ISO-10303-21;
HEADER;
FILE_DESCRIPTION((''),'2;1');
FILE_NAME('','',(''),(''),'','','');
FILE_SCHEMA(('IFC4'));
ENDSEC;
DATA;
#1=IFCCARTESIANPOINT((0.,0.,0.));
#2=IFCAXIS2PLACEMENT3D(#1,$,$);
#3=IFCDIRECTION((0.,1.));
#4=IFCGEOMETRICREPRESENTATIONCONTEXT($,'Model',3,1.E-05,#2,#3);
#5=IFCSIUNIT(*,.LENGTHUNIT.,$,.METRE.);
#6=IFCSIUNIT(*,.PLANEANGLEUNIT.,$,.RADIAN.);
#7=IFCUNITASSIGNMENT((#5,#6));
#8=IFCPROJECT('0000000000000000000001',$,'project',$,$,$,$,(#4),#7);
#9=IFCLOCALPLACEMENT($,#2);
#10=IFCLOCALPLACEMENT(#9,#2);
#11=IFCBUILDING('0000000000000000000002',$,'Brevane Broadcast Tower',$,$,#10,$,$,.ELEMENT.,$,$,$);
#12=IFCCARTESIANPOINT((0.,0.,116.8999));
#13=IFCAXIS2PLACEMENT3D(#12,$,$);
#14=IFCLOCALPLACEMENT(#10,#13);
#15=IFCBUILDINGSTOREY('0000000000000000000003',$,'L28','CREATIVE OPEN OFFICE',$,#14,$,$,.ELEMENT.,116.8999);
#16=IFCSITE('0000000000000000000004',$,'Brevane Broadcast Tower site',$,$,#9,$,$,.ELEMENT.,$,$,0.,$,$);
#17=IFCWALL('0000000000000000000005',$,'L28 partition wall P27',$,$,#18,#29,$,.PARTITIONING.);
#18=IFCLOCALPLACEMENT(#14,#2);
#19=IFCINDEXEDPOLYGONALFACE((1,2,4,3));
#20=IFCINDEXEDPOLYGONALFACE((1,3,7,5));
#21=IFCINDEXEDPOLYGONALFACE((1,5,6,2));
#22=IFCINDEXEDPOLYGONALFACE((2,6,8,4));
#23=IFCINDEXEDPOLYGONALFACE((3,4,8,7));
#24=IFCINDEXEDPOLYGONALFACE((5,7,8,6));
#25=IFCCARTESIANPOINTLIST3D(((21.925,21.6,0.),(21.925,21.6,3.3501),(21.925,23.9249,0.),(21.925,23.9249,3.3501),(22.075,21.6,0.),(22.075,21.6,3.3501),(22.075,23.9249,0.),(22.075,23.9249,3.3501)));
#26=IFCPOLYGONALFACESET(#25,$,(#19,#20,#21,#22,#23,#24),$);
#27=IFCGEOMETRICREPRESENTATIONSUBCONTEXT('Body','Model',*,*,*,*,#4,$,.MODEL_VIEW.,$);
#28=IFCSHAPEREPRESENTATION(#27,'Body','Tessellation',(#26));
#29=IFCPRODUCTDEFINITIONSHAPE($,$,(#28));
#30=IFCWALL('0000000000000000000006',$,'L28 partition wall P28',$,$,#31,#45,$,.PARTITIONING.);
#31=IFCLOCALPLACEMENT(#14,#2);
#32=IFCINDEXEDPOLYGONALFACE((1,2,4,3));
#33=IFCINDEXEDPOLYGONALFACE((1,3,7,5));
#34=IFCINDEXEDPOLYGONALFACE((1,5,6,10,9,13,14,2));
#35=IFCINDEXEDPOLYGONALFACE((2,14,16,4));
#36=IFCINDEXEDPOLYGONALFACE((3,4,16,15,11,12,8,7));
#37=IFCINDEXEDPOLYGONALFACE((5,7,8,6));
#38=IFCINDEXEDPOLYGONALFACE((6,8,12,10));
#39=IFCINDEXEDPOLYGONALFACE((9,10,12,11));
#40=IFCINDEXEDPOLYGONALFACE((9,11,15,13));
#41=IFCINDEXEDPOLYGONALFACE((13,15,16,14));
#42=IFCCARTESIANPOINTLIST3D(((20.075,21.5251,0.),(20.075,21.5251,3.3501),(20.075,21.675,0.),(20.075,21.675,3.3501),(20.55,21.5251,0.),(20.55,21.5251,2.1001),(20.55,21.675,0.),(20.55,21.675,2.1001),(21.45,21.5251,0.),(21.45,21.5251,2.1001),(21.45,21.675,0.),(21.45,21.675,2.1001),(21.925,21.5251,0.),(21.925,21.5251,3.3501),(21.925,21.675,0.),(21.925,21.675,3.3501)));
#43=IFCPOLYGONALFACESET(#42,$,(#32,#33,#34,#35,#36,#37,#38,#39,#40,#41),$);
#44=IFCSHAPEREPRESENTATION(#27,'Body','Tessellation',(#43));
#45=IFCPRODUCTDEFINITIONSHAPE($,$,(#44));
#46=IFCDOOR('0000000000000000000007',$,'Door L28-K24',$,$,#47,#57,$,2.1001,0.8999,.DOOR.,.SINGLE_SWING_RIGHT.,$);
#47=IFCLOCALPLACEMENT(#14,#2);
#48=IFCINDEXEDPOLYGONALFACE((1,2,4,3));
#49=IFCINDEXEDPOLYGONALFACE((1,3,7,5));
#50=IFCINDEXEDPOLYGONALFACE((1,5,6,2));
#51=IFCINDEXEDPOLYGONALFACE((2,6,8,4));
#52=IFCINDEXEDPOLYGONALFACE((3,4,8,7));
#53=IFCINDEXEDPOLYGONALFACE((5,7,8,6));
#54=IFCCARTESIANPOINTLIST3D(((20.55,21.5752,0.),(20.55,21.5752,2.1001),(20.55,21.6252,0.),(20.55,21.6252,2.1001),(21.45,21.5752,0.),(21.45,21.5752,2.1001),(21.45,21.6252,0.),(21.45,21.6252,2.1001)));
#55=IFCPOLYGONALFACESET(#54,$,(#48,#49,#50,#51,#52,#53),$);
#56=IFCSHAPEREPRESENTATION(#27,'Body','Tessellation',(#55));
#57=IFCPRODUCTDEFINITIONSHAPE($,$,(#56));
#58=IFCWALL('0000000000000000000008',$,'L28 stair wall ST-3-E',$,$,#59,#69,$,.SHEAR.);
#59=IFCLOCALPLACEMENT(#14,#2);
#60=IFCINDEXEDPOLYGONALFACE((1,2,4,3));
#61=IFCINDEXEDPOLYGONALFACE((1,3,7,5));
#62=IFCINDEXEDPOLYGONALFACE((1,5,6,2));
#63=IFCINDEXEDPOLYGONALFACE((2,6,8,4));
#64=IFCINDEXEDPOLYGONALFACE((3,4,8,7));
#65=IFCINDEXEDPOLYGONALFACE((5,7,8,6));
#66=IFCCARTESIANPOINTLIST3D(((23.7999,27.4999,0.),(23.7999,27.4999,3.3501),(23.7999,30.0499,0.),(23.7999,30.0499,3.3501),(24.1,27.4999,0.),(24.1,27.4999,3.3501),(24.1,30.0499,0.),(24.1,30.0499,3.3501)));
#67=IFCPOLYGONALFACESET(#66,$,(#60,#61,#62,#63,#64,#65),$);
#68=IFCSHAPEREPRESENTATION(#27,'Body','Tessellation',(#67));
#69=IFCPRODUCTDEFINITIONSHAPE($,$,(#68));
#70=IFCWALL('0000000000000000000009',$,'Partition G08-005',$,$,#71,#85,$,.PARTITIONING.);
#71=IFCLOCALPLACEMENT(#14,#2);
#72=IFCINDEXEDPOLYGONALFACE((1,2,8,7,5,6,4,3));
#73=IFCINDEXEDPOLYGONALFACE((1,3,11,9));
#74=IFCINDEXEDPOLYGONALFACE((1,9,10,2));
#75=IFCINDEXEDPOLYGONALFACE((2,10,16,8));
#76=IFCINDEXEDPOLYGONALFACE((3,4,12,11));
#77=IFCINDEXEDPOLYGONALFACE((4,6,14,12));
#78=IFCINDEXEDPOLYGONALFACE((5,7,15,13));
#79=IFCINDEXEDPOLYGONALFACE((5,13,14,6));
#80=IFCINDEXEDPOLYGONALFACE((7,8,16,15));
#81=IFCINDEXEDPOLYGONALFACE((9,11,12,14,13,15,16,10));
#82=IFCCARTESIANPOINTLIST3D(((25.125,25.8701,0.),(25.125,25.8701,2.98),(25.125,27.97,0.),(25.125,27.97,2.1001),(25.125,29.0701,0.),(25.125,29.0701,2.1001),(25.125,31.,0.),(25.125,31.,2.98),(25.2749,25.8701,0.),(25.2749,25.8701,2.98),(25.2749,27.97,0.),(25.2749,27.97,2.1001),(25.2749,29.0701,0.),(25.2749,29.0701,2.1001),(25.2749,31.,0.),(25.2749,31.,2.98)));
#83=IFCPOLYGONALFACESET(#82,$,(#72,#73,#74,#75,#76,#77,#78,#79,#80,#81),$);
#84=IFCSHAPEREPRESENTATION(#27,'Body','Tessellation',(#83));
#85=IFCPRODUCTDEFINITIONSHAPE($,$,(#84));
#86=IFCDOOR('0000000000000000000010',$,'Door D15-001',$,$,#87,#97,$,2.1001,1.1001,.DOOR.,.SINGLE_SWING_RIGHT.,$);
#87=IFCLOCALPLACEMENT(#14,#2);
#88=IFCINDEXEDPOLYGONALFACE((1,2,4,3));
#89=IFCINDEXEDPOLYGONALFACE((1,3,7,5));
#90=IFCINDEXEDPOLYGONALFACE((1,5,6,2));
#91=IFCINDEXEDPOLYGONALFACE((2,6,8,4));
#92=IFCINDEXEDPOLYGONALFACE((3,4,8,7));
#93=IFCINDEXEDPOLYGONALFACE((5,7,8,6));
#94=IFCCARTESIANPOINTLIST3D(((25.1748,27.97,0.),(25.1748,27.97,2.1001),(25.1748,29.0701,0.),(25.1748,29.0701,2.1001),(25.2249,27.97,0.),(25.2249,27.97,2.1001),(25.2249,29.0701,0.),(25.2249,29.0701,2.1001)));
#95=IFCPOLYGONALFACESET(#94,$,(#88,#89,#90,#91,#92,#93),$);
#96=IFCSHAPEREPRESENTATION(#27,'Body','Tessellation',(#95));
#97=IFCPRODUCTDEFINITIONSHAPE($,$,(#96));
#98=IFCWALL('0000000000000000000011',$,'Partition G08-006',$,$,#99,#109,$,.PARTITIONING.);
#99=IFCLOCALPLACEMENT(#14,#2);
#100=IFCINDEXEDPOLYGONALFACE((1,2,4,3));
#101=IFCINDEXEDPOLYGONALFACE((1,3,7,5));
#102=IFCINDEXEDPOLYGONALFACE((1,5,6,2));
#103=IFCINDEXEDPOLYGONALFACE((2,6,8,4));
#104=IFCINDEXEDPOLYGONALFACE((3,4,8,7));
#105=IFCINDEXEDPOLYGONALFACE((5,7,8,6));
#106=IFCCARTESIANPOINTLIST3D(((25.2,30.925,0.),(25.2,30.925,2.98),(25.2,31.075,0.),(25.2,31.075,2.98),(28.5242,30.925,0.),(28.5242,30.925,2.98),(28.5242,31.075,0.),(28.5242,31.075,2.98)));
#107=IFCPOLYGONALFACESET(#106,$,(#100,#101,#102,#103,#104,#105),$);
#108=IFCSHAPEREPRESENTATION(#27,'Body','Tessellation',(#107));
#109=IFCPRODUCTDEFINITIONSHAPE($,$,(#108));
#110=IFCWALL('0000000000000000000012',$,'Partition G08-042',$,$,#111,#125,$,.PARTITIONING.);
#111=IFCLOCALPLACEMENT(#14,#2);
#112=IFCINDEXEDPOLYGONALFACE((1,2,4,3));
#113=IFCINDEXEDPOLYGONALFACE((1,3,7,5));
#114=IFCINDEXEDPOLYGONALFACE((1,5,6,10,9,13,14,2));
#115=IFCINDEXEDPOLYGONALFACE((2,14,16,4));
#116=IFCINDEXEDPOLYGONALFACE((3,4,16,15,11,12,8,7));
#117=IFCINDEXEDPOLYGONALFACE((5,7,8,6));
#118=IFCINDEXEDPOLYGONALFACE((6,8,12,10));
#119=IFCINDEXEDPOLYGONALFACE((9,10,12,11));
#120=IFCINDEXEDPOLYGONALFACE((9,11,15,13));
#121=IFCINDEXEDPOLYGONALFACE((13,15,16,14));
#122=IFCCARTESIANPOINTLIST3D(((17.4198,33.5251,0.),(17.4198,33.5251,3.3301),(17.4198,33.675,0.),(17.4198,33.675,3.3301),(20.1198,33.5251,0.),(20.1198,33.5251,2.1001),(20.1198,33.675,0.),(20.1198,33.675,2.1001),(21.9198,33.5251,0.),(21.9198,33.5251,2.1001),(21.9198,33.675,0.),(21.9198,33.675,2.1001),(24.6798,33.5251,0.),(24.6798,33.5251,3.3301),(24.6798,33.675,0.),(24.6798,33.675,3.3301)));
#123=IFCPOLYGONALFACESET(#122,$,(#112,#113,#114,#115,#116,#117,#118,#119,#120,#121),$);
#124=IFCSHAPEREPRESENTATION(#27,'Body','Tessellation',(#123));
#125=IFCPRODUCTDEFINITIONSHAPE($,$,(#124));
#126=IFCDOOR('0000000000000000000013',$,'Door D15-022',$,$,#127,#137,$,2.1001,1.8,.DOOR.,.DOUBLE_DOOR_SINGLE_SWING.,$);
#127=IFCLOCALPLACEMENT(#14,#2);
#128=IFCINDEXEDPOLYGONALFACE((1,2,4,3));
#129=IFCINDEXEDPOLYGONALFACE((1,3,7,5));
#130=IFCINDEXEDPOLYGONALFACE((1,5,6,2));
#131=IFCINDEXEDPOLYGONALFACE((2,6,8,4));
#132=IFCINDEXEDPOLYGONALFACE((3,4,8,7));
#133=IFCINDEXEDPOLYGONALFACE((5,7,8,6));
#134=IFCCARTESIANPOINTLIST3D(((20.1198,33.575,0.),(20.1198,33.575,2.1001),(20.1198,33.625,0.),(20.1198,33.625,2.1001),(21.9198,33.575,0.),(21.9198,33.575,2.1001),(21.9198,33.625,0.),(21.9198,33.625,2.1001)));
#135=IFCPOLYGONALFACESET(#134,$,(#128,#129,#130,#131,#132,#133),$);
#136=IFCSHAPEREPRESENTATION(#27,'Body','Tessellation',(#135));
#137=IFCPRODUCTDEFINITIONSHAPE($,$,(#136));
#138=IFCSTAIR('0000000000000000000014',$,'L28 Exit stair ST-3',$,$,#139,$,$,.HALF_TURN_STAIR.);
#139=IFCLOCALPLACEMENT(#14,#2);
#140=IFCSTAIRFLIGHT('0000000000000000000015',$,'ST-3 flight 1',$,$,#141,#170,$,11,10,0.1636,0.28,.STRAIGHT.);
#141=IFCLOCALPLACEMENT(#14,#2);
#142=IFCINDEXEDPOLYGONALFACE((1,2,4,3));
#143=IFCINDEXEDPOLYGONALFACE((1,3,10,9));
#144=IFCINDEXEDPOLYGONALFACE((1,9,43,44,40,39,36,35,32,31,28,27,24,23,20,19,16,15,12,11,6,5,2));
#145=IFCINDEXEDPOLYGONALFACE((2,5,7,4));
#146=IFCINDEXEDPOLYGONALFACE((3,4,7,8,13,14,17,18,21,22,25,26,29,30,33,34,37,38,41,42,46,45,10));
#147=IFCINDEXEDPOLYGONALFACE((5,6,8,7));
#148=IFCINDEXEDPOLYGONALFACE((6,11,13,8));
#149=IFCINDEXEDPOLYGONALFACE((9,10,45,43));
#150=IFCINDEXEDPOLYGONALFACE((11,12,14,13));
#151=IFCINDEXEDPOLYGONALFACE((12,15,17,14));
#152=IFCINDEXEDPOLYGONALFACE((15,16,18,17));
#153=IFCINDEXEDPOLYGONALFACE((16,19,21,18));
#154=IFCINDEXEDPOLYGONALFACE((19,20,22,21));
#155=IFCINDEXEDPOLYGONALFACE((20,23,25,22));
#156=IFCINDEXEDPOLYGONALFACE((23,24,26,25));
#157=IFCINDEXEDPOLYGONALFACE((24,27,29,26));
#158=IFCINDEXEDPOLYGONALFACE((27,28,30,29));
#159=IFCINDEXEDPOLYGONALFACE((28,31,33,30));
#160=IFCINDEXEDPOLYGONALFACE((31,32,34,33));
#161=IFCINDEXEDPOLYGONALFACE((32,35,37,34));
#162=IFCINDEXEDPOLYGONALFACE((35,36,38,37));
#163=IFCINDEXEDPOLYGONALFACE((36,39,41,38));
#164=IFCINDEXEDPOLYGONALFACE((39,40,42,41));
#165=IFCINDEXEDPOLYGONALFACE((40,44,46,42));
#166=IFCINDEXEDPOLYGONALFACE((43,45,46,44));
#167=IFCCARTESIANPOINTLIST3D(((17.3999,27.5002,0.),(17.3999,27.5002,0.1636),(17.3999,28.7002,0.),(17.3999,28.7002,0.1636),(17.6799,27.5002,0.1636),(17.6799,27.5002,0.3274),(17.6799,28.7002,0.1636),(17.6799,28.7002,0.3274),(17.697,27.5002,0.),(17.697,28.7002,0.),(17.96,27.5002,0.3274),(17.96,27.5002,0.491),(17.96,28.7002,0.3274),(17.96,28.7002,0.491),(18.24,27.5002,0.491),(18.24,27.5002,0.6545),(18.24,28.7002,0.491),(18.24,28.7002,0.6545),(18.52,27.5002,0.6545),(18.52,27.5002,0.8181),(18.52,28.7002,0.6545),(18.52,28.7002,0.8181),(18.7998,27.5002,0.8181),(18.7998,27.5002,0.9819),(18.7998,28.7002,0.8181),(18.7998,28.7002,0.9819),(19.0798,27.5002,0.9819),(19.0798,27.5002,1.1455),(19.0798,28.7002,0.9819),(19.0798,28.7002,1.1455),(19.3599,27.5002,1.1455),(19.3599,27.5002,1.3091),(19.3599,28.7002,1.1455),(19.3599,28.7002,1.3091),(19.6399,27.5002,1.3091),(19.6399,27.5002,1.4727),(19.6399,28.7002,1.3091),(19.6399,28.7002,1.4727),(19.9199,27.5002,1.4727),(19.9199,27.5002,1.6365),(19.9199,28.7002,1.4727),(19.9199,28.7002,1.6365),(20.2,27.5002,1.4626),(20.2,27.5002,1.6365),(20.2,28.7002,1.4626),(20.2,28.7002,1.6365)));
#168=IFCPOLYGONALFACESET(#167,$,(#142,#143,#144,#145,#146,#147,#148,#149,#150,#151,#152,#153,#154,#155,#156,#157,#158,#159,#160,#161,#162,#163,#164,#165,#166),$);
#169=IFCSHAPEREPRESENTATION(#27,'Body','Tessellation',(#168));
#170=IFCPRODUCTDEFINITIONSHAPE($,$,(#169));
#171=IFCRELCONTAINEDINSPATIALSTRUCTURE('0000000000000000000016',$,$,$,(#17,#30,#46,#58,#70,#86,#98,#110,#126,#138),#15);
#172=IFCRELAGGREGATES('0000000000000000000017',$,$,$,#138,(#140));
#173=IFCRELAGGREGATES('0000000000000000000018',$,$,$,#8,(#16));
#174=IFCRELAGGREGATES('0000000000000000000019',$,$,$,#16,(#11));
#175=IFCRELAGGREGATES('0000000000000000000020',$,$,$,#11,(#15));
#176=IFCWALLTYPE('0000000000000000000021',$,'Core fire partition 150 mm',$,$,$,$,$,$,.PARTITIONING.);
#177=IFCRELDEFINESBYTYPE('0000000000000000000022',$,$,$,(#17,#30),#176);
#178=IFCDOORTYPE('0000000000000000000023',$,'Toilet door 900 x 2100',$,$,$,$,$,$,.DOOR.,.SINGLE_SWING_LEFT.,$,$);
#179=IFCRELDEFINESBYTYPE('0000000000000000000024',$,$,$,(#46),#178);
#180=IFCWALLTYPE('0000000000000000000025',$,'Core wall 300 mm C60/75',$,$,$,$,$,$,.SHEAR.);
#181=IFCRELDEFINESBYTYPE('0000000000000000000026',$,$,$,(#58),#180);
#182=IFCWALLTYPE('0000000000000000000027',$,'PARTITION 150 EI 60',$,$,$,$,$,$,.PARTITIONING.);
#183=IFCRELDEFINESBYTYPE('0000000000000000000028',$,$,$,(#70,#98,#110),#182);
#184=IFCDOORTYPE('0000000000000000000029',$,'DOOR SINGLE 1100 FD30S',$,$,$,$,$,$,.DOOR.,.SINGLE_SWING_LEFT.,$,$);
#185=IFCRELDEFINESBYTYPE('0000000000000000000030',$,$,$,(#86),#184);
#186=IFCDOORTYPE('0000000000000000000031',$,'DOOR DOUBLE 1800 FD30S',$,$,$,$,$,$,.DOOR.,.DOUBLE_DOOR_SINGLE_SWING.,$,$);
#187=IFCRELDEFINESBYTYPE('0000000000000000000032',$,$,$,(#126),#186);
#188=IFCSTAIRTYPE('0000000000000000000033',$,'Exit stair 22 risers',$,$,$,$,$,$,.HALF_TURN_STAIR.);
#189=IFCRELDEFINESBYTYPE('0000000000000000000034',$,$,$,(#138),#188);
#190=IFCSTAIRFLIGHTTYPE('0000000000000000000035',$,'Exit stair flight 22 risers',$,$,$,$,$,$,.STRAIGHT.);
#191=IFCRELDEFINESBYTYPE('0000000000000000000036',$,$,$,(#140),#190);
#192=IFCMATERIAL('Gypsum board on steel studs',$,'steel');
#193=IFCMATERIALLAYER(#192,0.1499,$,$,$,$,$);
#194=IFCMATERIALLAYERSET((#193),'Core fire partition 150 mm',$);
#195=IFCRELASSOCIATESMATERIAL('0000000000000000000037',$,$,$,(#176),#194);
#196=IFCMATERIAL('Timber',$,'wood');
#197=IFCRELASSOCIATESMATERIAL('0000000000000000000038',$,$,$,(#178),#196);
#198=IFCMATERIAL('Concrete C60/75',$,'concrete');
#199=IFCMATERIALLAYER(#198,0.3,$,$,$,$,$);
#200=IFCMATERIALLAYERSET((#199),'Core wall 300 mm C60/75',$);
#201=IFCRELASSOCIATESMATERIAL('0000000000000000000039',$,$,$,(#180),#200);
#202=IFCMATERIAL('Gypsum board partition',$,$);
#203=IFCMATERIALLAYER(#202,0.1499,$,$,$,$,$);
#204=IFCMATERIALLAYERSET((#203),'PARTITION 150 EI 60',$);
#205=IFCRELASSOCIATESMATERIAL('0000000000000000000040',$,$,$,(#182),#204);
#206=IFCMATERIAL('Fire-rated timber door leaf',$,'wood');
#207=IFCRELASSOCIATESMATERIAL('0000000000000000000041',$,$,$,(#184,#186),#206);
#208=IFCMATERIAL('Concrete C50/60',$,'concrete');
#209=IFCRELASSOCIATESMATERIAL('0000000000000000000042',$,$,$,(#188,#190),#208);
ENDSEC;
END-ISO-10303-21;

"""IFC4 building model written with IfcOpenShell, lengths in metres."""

from ifc_helpers import new_model, si_unit, direction, frame, frame_2d, origin, place, context, subcontext, project, spatial, polyline, rectangle, outline, extrude, material, layer, layer_set, type_object, element, fill, aggregate, save


model = new_model("IFC4")

# Units and contexts
model_context = context("Model", 3, precision=1e-05, world=origin(), true_north=direction((0.0, 1.0)))
body_context = subcontext(model_context, "Body", "Model", "MODEL_VIEW")
ifc_project = project(units=[si_unit("LENGTHUNIT", "METRE"), si_unit("PLANEANGLEUNIT", "RADIAN")], contexts=[model_context])

# Site, building, storey
site_placement = place(None, origin())
site = spatial("IfcSite", under=ifc_project, at=site_placement, Name="Brevane Broadcast Tower site", CompositionType="ELEMENT", RefElevation=0.0)
building_placement = place(site_placement, origin())
building = spatial("IfcBuilding", under=site, at=building_placement, Name="Brevane Broadcast Tower", CompositionType="ELEMENT")
storey_placement = place(building_placement, frame((0.0, 0.0, 116.8999)))
storey = spatial("IfcBuildingStorey", under=building, at=storey_placement, Name="L28", Description="CREATIVE OPEN OFFICE", CompositionType="ELEMENT", Elevation=116.8999)

# Shared definitions
ifc_material_1 = material(Name="Concrete C60/75", Category="concrete")

# Wall
ifc_material_2 = material(Name="Gypsum board on steel studs", Category="steel")
ifc_layer_1 = layer(ifc_material_2, 0.1499)
ifc_layer_set_1 = layer_set([ifc_layer_1], Name="Core fire partition 150 mm")
wall_type_1 = type_object("IfcWallType", Name="Core fire partition 150 mm", PredefinedType="PARTITIONING", material=ifc_layer_set_1)
wall_1_placement = place(storey_placement, frame((22.0, 23.925, 0.0), z_axis=(0.0, 0.0, 1.0), x_axis=(0.0, -1.0, 0.0)))
element("IfcWall", 1, at=wall_1_placement, inside=storey, type_object=wall_type_1, Name="L28 partition wall P27", PredefinedType="PARTITIONING", context=body_context, shape_type="SweptSolid", body=[
    extrude(rectangle(XDim=2.325, YDim=0.1499, at=frame_2d((1.1626, 0.0))), origin(), (0.0, 0.0, 1.0), 3.3501),
])

# Wall, opening, door
wall_2_placement = place(storey_placement, frame((21.925, 21.6001, 0.0), z_axis=(0.0, 0.0, 1.0), x_axis=(-1.0, 0.0, 0.0)))
wall_2 = element("IfcWall", 2, at=wall_2_placement, inside=storey, type_object=wall_type_1, Name="L28 partition wall P28", PredefinedType="PARTITIONING", context=body_context, shape_type="SweptSolid", body=[
    extrude(rectangle(XDim=1.8501, YDim=0.1499, at=frame_2d((0.925, 0.0))), origin(), (0.0, 0.0, 1.0), 3.3501),
])
opening_1_placement = place(wall_2_placement, frame((0.4751, 0.0, 0.0)))
opening_1 = element("IfcOpeningElement", 3, at=opening_1_placement, cuts=wall_2, PredefinedType="OPENING", context=body_context, shape_type="SweptSolid", body=[
    extrude(rectangle(XDim=0.8999, YDim=2.1001, at=frame_2d((0.45, 1.05))), frame((0.0, 0.085, 0.0), z_axis=(0.0, -1.0, 0.0), x_axis=(1.0, 0.0, 0.0)), (0.0, 0.0, 1.0), 0.1699),
])
ifc_material_3 = material(Name="Timber", Category="wood")
door_type_1 = type_object("IfcDoorType", Name="Toilet door 900 x 2100", OperationType="SINGLE_SWING_LEFT", PredefinedType="DOOR", material=ifc_material_3)
door_1_placement = place(opening_1_placement, origin())
door_1 = element("IfcDoor", 4, at=door_1_placement, inside=storey, type_object=door_type_1, Name="Door L28-K24", OperationType="SINGLE_SWING_RIGHT", OverallHeight=2.1001, OverallWidth=0.8999, PredefinedType="DOOR", context=body_context, shape_type="SweptSolid", body=[
    extrude(rectangle(XDim=0.8999, YDim=2.1001, at=frame_2d((0.45, 1.05))), frame((0.0, 0.0249, 0.0), z_axis=(0.0, -1.0, 0.0), x_axis=(1.0, 0.0, 0.0)), (0.0, 0.0, 1.0), 0.05),
])
fill(opening_1, door_1)

# Wall
ifc_layer_2 = layer(ifc_material_1, 0.3)
ifc_layer_set_2 = layer_set([ifc_layer_2], Name="Core wall 300 mm C60/75")
wall_type_2 = type_object("IfcWallType", Name="Core wall 300 mm C60/75", PredefinedType="SHEAR", material=ifc_layer_set_2)
wall_3_placement = place(storey_placement, frame((23.95, 27.5, 0.0), z_axis=(0.0, 0.0, 1.0), x_axis=(0.0, 1.0, 0.0)))
element("IfcWall", 5, at=wall_3_placement, inside=storey, type_object=wall_type_2, Name="L28 stair wall ST-3-E", PredefinedType="SHEAR", context=body_context, shape_type="SweptSolid", body=[
    extrude(rectangle(XDim=2.55, YDim=0.3, at=frame_2d((1.2749, 0.0))), origin(), (0.0, 0.0, 1.0), 3.3501),
])

# Wall, opening, door
ifc_material_4 = material(Name="Gypsum board partition")
ifc_layer_3 = layer(ifc_material_4, 0.1499)
ifc_layer_set_3 = layer_set([ifc_layer_3], Name="PARTITION 150 EI 60")
wall_type_3 = type_object("IfcWallType", Name="PARTITION 150 EI 60", PredefinedType="PARTITIONING", material=ifc_layer_set_3)
wall_4_placement = place(storey_placement, frame((25.2, 31.0, 0.0), z_axis=(0.0, 0.0, 1.0), x_axis=(0.0, -1.0, 0.0)))
wall_4 = element("IfcWall", 6, at=wall_4_placement, inside=storey, type_object=wall_type_3, Name="Partition G08-005", PredefinedType="PARTITIONING", context=body_context, shape_type="SweptSolid", body=[
    extrude(outline(polyline([(0.0, 0.0), (5.1299, 0.0), (5.1299, 2.98), (0.0, 2.98), (0.0, 0.0)])), frame((0.0, 0.075, 0.0), z_axis=(0.0, -1.0, 0.0), x_axis=(1.0, 0.0, 0.0)), (0.0, 0.0, 1.0), 0.1499),
])
opening_2_placement = place(wall_4_placement, frame((1.9299, 0.0, 0.0)))
opening_2 = element("IfcOpeningElement", 7, at=opening_2_placement, cuts=wall_4, PredefinedType="OPENING", context=body_context, shape_type="SweptSolid", body=[
    extrude(rectangle(XDim=1.1001, YDim=2.1001, at=frame_2d((0.55, 1.05))), frame((0.0, 0.085, 0.0), z_axis=(0.0, -1.0, 0.0), x_axis=(1.0, 0.0, 0.0)), (0.0, 0.0, 1.0), 0.1699),
])
ifc_material_5 = material(Name="Fire-rated timber door leaf", Category="wood")
door_type_2 = type_object("IfcDoorType", Name="DOOR SINGLE 1100 FD30S", OperationType="SINGLE_SWING_LEFT", PredefinedType="DOOR", material=ifc_material_5)
door_2_placement = place(opening_2_placement, origin())
door_2 = element("IfcDoor", 8, at=door_2_placement, inside=storey, type_object=door_type_2, Name="Door D15-001", OperationType="SINGLE_SWING_RIGHT", OverallHeight=2.1001, OverallWidth=1.1001, PredefinedType="DOOR", context=body_context, shape_type="SweptSolid", body=[
    extrude(rectangle(XDim=1.1001, YDim=2.1001, at=frame_2d((0.55, 1.05))), frame((0.0, 0.0249, 0.0), z_axis=(0.0, -1.0, 0.0), x_axis=(1.0, 0.0, 0.0)), (0.0, 0.0, 1.0), 0.05),
])
fill(opening_2, door_2)

# Wall
wall_5_placement = place(storey_placement, frame((25.2, 31.0, 0.0), z_axis=(0.0, 0.0, 1.0), x_axis=(1.0, 0.0, 0.0)))
element("IfcWall", 9, at=wall_5_placement, inside=storey, type_object=wall_type_3, Name="Partition G08-006", PredefinedType="PARTITIONING", context=body_context, shape_type="SweptSolid", body=[
    extrude(rectangle(XDim=3.3242, YDim=0.1499, at=frame_2d((1.6621, 0.0))), origin(), (0.0, 0.0, 1.0), 2.98),
])

# Wall, opening, door
wall_6_placement = place(storey_placement, frame((17.4199, 33.6001, 0.0), z_axis=(0.0, 0.0, 1.0), x_axis=(1.0, 0.0, 0.0)))
wall_6 = element("IfcWall", 10, at=wall_6_placement, inside=storey, type_object=wall_type_3, Name="Partition G08-042", PredefinedType="PARTITIONING", context=body_context, shape_type="SweptSolid", body=[
    extrude(rectangle(XDim=7.26, YDim=0.1499, at=frame_2d((3.6299, 0.0))), origin(), (0.0, 0.0, 1.0), 3.3301),
])
opening_3_placement = place(wall_6_placement, frame((2.7, 0.0, 0.0)))
opening_3 = element("IfcOpeningElement", 11, at=opening_3_placement, cuts=wall_6, PredefinedType="OPENING", context=body_context, shape_type="SweptSolid", body=[
    extrude(rectangle(XDim=1.8, YDim=2.1001, at=frame_2d((0.8999, 1.05))), frame((0.0, 0.085, 0.0), z_axis=(0.0, -1.0, 0.0), x_axis=(1.0, 0.0, 0.0)), (0.0, 0.0, 1.0), 0.1699),
])
door_type_3 = type_object("IfcDoorType", Name="DOOR DOUBLE 1800 FD30S", OperationType="DOUBLE_DOOR_SINGLE_SWING", PredefinedType="DOOR", material=ifc_material_5)
door_3_placement = place(opening_3_placement, origin())
door_3 = element("IfcDoor", 12, at=door_3_placement, inside=storey, type_object=door_type_3, Name="Door D15-022", OperationType="DOUBLE_DOOR_SINGLE_SWING", OverallHeight=2.1001, OverallWidth=1.8, PredefinedType="DOOR", context=body_context, shape_type="SweptSolid", body=[
    extrude(rectangle(XDim=1.8, YDim=2.1001, at=frame_2d((0.8999, 1.05))), frame((0.0, 0.0249, 0.0), z_axis=(0.0, -1.0, 0.0), x_axis=(1.0, 0.0, 0.0)), (0.0, 0.0, 1.0), 0.05),
])
fill(opening_3, door_3)

# Stair, stair flight
ifc_material_6 = material(Name="Concrete C50/60", Category="concrete")
stair_type = type_object("IfcStairType", Name="Exit stair 22 risers", PredefinedType="HALF_TURN_STAIR", material=ifc_material_6)
stair_placement = place(storey_placement, origin())
stair = element("IfcStair", 13, at=stair_placement, inside=storey, type_object=stair_type, Name="L28 Exit stair ST-3", PredefinedType="HALF_TURN_STAIR")
stair_flight_type = type_object("IfcStairFlightType", Name="Exit stair flight 22 risers", PredefinedType="STRAIGHT", material=ifc_material_6)
stair_flight_1_placement = place(storey_placement, frame((17.3999, 28.1001, 0.0), z_axis=(0.0, 0.0, 1.0), x_axis=(1.0, 0.0, 0.0)))
stair_flight_1 = element("IfcStairFlight", 14, at=stair_flight_1_placement, type_object=stair_flight_type, Name="ST-3 flight 1", NumberOfRisers=11, NumberOfTreads=10, PredefinedType="STRAIGHT", RiserHeight=0.1636, TreadLength=0.28, context=body_context, shape_type="SweptSolid", body=[
    extrude(outline(polyline([(0.0, 0.0), (0.0, 0.1636), (0.28, 0.1636), (0.28, 0.3274), (0.5601, 0.3274), (0.5601, 0.491), (0.8401, 0.491), (0.8401, 0.6545), (1.1201, 0.6545), (1.1201, 0.8181), (1.3999, 0.8181), (1.3999, 0.9819), (1.6799, 0.9819), (1.6799, 1.1455), (1.96, 1.1455), (1.96, 1.3091), (2.24, 1.3091), (2.24, 1.4727), (2.52, 1.4727), (2.52, 1.6365), (2.8, 1.6365), (2.8, 1.8), (2.8, 1.4626), (0.2971, 0.0), (0.0, 0.0)])), frame((0.0, 0.6001, 0.0), z_axis=(0.0, -1.0, 0.0), x_axis=(1.0, 0.0, 0.0)), (0.0, 0.0, 1.0), 1.2),
])
aggregate(stair, [stair_flight_1])

save(model, "model.ifc")
